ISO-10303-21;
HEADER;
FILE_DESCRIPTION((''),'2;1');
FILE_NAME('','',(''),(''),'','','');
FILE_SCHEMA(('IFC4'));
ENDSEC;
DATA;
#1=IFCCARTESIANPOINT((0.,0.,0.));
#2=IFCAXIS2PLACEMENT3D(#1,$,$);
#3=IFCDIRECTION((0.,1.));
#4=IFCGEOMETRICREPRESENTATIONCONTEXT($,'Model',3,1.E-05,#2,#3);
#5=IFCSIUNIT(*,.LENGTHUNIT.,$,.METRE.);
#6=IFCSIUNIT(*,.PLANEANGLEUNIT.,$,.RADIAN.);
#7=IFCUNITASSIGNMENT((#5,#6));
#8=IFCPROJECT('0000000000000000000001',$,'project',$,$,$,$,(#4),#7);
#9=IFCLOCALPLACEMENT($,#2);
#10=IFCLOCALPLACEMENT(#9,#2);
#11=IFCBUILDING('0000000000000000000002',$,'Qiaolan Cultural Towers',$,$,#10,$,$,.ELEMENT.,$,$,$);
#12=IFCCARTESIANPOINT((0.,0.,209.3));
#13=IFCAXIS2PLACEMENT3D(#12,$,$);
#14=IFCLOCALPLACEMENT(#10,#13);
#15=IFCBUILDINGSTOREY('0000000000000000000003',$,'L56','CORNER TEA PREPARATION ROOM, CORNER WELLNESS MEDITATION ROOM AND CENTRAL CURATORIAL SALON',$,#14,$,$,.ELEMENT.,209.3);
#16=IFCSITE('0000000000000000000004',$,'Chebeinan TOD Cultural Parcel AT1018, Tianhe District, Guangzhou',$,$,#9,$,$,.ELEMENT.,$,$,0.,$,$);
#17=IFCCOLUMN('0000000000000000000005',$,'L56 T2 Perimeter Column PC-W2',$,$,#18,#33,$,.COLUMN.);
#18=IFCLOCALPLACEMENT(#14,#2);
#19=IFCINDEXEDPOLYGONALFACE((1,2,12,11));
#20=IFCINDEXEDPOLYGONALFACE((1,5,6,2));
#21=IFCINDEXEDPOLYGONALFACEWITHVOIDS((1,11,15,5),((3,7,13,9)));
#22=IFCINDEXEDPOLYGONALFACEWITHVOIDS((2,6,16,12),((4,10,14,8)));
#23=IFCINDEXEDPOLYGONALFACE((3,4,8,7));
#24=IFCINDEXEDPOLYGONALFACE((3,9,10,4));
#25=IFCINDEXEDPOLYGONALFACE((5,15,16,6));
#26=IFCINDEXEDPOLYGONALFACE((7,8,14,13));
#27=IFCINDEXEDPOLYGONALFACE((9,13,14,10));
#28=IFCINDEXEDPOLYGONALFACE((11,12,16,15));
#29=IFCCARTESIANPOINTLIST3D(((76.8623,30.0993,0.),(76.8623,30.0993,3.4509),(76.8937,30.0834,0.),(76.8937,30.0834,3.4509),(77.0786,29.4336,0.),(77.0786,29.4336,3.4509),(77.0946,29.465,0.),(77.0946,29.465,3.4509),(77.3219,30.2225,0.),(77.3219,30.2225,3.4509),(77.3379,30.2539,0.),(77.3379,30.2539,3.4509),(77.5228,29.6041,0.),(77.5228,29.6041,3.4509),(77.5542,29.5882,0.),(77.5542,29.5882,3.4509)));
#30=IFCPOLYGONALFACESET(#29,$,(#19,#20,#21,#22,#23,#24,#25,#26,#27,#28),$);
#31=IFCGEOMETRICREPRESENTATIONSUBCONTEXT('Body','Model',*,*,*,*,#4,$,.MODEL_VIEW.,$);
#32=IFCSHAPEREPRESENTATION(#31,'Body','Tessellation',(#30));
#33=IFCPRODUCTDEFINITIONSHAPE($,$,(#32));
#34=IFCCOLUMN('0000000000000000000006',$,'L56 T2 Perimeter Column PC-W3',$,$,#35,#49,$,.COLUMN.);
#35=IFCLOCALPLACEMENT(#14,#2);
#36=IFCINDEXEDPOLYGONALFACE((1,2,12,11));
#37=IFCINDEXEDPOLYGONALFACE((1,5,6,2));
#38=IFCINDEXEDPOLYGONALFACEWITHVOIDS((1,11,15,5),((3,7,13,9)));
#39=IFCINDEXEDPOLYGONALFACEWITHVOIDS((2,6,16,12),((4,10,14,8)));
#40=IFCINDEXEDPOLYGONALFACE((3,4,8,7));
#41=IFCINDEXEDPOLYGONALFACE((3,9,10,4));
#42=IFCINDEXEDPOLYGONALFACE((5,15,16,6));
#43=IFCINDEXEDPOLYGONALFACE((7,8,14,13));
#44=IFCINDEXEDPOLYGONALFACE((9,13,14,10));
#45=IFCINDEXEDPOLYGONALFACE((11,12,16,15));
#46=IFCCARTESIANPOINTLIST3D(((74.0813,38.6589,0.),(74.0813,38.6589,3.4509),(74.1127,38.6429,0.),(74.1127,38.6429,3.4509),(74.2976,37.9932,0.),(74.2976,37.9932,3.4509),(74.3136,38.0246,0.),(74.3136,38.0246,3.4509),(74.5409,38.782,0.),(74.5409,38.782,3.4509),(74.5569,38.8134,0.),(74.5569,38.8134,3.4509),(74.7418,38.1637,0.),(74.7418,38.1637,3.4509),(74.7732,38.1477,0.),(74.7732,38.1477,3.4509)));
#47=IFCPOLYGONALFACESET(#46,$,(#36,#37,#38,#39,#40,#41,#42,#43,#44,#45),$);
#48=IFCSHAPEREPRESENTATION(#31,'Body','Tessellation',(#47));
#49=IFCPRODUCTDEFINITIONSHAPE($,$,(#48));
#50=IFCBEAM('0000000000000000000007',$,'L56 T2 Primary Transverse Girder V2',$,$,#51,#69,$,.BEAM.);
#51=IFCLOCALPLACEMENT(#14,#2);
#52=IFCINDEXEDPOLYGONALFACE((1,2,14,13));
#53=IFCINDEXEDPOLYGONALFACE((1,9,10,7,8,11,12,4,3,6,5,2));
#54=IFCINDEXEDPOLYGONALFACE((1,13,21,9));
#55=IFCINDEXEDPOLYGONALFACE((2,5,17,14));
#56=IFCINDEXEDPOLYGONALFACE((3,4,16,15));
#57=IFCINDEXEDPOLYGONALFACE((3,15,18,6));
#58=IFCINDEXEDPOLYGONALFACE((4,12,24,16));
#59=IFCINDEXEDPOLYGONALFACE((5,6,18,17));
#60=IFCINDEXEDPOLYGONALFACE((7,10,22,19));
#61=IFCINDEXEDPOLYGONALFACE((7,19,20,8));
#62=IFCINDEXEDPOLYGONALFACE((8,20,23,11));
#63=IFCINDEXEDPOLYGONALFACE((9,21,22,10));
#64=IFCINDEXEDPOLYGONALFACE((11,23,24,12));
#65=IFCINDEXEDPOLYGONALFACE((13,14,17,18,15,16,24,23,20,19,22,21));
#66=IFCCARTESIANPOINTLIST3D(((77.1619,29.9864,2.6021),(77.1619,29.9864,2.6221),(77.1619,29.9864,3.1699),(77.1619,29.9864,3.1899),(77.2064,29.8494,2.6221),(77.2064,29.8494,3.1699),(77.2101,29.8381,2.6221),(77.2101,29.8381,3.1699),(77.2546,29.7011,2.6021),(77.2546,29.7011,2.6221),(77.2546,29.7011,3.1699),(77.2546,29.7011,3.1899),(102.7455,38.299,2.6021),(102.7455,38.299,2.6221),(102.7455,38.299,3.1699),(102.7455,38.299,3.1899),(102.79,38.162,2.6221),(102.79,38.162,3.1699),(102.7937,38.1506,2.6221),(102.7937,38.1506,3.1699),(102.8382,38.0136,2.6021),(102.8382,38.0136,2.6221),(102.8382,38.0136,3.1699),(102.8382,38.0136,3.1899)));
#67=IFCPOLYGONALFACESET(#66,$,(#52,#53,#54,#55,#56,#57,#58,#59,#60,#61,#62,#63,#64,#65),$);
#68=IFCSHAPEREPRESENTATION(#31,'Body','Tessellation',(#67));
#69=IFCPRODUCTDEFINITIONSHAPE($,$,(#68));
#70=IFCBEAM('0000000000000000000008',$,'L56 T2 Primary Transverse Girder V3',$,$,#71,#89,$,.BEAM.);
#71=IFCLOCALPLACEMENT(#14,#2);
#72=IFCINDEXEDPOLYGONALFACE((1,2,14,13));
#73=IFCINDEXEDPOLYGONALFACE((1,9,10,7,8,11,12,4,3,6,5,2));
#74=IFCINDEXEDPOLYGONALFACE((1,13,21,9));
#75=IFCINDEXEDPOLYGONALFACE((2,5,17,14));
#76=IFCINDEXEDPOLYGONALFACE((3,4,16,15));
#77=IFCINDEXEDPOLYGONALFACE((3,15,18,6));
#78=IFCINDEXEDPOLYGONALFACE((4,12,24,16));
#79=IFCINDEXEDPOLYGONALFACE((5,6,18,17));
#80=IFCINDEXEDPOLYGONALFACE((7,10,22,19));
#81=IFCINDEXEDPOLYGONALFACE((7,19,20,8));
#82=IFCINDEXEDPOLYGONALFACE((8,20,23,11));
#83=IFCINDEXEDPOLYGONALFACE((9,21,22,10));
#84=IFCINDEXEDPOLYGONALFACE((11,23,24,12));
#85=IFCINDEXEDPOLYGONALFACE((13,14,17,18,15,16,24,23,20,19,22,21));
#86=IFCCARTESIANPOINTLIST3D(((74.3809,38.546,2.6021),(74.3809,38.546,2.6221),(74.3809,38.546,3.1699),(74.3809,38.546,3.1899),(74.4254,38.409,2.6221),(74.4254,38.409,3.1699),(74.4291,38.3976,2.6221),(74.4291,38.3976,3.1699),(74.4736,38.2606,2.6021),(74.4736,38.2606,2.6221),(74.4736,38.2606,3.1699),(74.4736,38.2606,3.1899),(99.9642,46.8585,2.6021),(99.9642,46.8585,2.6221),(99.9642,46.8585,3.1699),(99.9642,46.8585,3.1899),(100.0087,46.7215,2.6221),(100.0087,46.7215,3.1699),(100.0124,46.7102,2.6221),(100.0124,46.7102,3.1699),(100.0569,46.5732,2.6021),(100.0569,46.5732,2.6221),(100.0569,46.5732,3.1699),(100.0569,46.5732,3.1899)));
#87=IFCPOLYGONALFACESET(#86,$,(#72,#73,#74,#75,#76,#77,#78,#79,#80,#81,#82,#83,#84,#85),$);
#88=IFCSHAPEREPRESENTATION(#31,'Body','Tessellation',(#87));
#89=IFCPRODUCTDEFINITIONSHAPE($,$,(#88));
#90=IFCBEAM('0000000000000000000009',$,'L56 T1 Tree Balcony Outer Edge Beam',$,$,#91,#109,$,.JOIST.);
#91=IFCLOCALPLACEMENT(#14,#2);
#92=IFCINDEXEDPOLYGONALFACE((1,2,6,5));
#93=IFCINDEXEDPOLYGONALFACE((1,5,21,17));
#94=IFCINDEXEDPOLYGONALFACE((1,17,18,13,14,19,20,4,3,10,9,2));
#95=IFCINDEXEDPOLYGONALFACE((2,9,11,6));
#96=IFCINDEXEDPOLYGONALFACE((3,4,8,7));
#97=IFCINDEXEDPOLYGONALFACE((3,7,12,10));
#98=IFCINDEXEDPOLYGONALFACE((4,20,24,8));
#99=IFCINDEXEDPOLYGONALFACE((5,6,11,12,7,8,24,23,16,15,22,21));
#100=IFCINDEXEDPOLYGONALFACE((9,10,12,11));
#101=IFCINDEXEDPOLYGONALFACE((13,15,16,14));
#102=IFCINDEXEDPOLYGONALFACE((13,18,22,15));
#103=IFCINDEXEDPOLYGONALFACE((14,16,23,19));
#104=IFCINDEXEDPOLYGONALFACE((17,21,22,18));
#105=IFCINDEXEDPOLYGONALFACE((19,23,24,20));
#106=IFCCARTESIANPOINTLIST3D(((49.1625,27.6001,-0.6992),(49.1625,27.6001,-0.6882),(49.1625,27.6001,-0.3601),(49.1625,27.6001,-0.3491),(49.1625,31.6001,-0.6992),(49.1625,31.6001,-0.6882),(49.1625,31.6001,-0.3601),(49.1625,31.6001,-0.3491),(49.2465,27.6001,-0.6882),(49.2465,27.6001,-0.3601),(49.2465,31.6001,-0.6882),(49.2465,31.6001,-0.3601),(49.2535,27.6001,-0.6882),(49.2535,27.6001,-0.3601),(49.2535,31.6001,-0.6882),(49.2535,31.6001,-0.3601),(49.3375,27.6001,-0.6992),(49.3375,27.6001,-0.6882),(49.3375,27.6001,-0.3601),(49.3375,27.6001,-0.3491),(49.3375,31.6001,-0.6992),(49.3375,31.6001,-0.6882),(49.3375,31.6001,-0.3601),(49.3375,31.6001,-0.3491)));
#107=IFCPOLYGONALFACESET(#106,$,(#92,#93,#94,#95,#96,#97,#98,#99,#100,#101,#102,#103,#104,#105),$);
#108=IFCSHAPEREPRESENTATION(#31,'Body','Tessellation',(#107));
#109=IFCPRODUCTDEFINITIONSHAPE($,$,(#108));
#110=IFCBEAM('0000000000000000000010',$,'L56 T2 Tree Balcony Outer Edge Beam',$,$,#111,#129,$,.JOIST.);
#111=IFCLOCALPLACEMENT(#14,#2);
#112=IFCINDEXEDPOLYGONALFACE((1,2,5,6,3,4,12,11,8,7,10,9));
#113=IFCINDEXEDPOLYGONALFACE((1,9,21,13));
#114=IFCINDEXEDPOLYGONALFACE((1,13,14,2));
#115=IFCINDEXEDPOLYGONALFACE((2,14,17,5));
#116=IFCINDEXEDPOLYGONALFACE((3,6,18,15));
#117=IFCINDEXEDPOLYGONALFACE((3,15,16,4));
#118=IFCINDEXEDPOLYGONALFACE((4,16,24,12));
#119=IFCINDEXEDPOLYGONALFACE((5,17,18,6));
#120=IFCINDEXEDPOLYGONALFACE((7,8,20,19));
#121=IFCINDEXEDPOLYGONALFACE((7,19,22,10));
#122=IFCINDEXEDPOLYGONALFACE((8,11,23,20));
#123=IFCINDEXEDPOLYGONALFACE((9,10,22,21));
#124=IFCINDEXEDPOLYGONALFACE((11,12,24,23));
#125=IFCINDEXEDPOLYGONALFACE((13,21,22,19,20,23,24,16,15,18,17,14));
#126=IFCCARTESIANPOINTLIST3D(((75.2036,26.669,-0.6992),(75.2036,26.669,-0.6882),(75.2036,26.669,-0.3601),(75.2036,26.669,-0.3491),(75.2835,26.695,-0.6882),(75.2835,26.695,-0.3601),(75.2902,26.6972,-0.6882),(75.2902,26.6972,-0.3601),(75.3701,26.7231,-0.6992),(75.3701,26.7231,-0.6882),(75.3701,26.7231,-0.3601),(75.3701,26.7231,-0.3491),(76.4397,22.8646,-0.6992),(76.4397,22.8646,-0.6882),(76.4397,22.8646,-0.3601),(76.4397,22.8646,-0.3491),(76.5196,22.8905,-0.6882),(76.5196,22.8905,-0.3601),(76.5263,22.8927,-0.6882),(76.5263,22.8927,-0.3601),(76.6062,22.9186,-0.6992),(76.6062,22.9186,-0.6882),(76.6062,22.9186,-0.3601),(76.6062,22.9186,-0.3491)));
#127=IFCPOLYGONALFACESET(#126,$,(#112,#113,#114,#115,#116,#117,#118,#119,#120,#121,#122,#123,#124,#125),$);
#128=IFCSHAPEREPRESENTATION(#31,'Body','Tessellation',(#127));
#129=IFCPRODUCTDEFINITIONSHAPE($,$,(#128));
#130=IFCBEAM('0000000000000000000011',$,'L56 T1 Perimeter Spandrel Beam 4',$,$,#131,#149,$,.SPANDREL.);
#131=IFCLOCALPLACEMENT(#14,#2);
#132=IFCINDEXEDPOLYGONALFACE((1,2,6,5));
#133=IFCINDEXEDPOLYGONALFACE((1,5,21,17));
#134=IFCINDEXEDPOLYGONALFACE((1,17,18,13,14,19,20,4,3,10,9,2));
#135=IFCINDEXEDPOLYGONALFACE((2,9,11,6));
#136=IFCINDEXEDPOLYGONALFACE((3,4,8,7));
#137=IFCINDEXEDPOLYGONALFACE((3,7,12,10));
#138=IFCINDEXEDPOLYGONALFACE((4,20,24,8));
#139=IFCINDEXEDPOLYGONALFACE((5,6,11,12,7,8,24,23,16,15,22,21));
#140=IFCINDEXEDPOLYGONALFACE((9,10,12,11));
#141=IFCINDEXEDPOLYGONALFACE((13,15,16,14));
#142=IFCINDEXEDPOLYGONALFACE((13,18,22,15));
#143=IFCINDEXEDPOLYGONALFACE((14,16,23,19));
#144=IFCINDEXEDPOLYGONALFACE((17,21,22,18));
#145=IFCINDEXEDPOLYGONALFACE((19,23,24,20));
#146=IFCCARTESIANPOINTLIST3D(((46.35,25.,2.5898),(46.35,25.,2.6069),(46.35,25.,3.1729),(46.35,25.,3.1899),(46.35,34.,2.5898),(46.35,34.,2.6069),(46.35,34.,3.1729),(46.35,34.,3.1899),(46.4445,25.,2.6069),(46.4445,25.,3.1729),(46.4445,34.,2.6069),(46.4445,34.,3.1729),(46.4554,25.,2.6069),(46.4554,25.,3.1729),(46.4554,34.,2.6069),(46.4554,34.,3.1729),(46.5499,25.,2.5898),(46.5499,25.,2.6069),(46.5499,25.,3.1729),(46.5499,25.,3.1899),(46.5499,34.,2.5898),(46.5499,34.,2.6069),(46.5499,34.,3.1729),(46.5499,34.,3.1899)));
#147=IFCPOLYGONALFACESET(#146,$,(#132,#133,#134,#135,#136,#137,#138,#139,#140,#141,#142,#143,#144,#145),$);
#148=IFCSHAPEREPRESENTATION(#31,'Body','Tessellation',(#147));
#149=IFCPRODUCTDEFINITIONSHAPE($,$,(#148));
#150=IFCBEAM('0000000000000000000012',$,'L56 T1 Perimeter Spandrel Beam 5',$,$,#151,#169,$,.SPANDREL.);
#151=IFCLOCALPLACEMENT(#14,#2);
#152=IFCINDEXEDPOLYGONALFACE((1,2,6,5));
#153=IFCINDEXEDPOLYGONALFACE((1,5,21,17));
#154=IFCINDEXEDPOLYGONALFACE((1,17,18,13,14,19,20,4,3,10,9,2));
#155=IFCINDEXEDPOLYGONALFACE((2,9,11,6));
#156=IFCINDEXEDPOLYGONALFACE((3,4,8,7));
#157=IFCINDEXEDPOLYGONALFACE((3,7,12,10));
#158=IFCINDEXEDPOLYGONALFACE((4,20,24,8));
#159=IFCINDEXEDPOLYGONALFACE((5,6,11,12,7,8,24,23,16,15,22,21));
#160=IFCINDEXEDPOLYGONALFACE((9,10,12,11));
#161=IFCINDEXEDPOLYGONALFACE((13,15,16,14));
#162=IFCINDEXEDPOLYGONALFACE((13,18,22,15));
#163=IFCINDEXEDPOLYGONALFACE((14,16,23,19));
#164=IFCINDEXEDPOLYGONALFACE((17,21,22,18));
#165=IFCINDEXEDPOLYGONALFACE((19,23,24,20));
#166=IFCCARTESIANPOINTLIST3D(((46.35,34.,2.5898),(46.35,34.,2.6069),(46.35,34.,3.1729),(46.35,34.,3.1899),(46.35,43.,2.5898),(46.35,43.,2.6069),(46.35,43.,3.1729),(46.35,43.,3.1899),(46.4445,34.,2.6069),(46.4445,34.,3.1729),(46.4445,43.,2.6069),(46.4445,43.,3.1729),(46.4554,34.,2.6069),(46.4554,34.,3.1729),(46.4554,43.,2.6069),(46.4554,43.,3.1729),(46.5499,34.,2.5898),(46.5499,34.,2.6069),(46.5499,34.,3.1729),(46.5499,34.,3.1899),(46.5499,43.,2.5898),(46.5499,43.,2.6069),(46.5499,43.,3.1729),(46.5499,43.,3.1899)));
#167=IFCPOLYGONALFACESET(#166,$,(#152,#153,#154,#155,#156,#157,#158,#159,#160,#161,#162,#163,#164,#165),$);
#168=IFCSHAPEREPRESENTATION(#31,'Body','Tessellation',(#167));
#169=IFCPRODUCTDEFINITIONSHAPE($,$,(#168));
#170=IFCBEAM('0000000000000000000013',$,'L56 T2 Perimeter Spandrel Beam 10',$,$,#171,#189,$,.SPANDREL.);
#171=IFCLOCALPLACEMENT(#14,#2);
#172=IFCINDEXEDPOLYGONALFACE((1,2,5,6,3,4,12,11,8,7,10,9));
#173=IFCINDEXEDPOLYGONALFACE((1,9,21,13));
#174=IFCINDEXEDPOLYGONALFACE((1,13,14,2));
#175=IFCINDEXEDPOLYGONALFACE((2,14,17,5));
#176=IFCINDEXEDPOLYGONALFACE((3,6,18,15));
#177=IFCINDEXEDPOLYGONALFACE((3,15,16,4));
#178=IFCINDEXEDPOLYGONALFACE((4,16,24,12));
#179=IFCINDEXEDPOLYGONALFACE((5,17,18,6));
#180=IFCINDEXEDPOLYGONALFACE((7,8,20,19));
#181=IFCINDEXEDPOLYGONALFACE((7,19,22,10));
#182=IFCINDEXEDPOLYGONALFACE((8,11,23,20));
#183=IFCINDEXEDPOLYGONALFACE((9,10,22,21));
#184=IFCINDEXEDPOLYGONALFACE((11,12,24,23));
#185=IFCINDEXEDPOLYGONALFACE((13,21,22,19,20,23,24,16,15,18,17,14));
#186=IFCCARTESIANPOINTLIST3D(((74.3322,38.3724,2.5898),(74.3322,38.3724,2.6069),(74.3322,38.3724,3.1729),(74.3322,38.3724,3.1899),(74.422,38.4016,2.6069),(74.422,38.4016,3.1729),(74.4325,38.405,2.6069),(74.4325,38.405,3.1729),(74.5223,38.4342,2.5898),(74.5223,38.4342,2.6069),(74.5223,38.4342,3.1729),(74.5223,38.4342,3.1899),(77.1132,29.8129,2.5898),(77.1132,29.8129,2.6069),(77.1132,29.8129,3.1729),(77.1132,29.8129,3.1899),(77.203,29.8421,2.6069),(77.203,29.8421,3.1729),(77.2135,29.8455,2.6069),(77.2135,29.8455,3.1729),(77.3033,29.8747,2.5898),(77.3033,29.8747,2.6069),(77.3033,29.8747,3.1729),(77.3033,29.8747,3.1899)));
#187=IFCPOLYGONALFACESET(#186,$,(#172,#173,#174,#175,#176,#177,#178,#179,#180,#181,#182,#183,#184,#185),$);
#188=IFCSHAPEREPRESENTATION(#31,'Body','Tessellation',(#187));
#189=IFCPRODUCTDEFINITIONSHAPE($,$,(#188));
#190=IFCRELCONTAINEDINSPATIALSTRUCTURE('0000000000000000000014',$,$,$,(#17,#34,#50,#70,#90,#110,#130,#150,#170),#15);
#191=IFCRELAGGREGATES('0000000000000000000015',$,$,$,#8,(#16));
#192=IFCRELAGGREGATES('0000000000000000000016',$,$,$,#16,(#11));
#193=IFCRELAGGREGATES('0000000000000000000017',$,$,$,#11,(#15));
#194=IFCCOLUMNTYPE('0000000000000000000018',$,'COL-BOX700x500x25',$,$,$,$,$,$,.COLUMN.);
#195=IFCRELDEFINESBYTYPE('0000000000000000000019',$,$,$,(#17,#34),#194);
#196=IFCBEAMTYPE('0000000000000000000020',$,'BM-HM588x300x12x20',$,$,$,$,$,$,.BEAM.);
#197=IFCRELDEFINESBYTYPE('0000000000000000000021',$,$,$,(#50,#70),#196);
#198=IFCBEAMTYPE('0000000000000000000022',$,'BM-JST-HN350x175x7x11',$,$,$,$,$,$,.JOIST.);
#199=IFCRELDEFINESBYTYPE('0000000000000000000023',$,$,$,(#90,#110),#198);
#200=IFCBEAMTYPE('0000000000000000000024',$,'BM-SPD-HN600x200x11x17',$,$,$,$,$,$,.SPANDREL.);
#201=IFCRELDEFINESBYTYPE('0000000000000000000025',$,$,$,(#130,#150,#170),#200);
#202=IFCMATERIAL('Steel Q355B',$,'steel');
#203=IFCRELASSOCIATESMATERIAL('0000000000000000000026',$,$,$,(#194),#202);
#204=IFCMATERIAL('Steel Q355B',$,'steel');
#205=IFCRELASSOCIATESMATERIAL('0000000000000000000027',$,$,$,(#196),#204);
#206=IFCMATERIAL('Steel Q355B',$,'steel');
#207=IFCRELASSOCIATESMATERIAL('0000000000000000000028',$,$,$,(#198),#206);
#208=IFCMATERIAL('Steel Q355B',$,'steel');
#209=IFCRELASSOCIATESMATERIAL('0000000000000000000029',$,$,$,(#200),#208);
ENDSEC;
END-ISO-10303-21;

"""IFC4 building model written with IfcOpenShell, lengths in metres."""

from ifc_helpers import new_model, si_unit, direction, frame, origin, origin_2d, place, context, subcontext, project, spatial, hollow_rectangle, i_section, extrude, material, material_profile, profile_set, type_object, element, save


model = new_model("IFC4")

# Units and contexts
model_context = context("Model", 3, precision=1e-05, world=origin(), true_north=direction((0.0, 1.0)))
body_context = subcontext(model_context, "Body", "Model", "MODEL_VIEW")
ifc_project = project(units=[si_unit("LENGTHUNIT", "METRE"), si_unit("PLANEANGLEUNIT", "RADIAN")], contexts=[model_context])

# Site, building, storey
site_placement = place(None, origin())
site = spatial("IfcSite", under=ifc_project, at=site_placement, Name="Chebeinan TOD Cultural Parcel AT1018, Tianhe District, Guangzhou", CompositionType="ELEMENT", RefElevation=0.0)
building_placement = place(site_placement, origin())
building = spatial("IfcBuilding", under=site, at=building_placement, Name="Qiaolan Cultural Towers", CompositionType="ELEMENT")
storey_placement = place(building_placement, frame((0.0, 0.0, 209.3)))
storey = spatial("IfcBuildingStorey", under=building, at=storey_placement, Name="L56", Description="CORNER TEA PREPARATION ROOM, CORNER WELLNESS MEDITATION ROOM AND CENTRAL CURATORIAL SALON", CompositionType="ELEMENT", Elevation=209.3)

# Columns
ifc_material_1 = material(Name="Steel Q355B", Category="steel")
ifc_material_profile_1 = material_profile(ifc_material_1, hollow_rectangle(XDim=0.5, YDim=0.7, WallThickness=0.0249, at=origin_2d()), Name="BOX700x500x25")
ifc_profile_set_1 = profile_set([ifc_material_profile_1], Name="Steel Q355B")
column_type = type_object("IfcColumnType", Name="COL-BOX700x500x25", PredefinedType="COLUMN", material=ifc_profile_set_1)
for number, where, z_axis, x_axis, name in (
    (1, (77.2083, 29.8438, 0.0), (0.0, 0.0, 1.0), (0.951057, 0.309017, 0.0), "L56 T2 Perimeter Column PC-W2"),
    (2, (74.4272, 38.4033, 0.0), (0.0, 0.0, 1.0), (0.951057, 0.309017, 0.0), "L56 T2 Perimeter Column PC-W3"),
):
    element("IfcColumn", number, at=place(storey_placement, frame(where, z_axis=z_axis, x_axis=x_axis)), inside=storey, type_object=column_type, Name=name, PredefinedType="COLUMN", context=body_context, shape_type="SweptSolid", body=[
        extrude(hollow_rectangle(XDim=0.5, YDim=0.7, WallThickness=0.0249, at=origin_2d()), origin(), (0.0, 0.0, 1.0), 3.4509),
    ])

# Beams
ifc_material_2 = material(Name="Steel Q355B", Category="steel")
ifc_material_profile_2 = material_profile(ifc_material_2, i_section(OverallWidth=0.3, OverallDepth=0.5879, WebThickness=0.012, FlangeThickness=0.02, at=origin_2d()), Name="HM588x300x12x20")
ifc_profile_set_2 = profile_set([ifc_material_profile_2], Name="Steel Q355B")
beam_type_1 = type_object("IfcBeamType", Name="BM-HM588x300x12x20", PredefinedType="BEAM", material=ifc_profile_set_2)
beam_1_placement = place(storey_placement, frame((77.2083, 29.8438, 2.896), z_axis=(0.951057, 0.309014, 0.0), x_axis=(-0.309014, 0.951057, 0.0)))
element("IfcBeam", 3, at=beam_1_placement, inside=storey, type_object=beam_type_1, Name="L56 T2 Primary Transverse Girder V2", PredefinedType="BEAM", context=body_context, shape_type="SweptSolid", body=[
    extrude(i_section(OverallWidth=0.3, OverallDepth=0.5879, WebThickness=0.012, FlangeThickness=0.02, at=origin_2d()), origin(), (0.0, 0.0, 1.0), 26.9001),
])
beam_2_placement = place(storey_placement, frame((74.4272, 38.4033, 2.896), z_axis=(0.951057, 0.309017, 0.0), x_axis=(-0.309017, 0.951057, 0.0)))
element("IfcBeam", 4, at=beam_2_placement, inside=storey, type_object=beam_type_1, Name="L56 T2 Primary Transverse Girder V3", PredefinedType="BEAM", context=body_context, shape_type="SweptSolid", body=[
    extrude(i_section(OverallWidth=0.3, OverallDepth=0.5879, WebThickness=0.012, FlangeThickness=0.02, at=origin_2d()), origin(), (0.0, 0.0, 1.0), 26.8999),
])
ifc_material_3 = material(Name="Steel Q355B", Category="steel")
ifc_material_profile_3 = material_profile(ifc_material_3, i_section(OverallWidth=0.175, OverallDepth=0.3501, WebThickness=0.0071, FlangeThickness=0.011, at=origin_2d()), Name="HN350x175x7x11")
ifc_profile_set_3 = profile_set([ifc_material_profile_3], Name="Steel Q355B")
beam_type_2 = type_object("IfcBeamType", Name="BM-JST-HN350x175x7x11", PredefinedType="JOIST", material=ifc_profile_set_3)
beam_3_placement = place(storey_placement, frame((49.25, 27.6001, -0.5242), z_axis=(0.0, 1.0, 0.0), x_axis=(-1.0, 0.0, 0.0)))
element("IfcBeam", 5, at=beam_3_placement, inside=storey, type_object=beam_type_2, Name="L56 T1 Tree Balcony Outer Edge Beam", PredefinedType="JOIST", context=body_context, shape_type="SweptSolid", body=[
    extrude(i_section(OverallWidth=0.175, OverallDepth=0.3501, WebThickness=0.0071, FlangeThickness=0.011, at=origin_2d()), origin(), (0.0, 0.0, 1.0), 4.0),
])
beam_4_placement = place(storey_placement, frame((76.5229, 22.8916, -0.5242), z_axis=(-0.309005, 0.951061, 0.0), x_axis=(-0.951061, -0.309005, 0.0)))
element("IfcBeam", 6, at=beam_4_placement, inside=storey, type_object=beam_type_2, Name="L56 T2 Tree Balcony Outer Edge Beam", PredefinedType="JOIST", context=body_context, shape_type="SweptSolid", body=[
    extrude(i_section(OverallWidth=0.175, OverallDepth=0.3501, WebThickness=0.0071, FlangeThickness=0.011, at=origin_2d()), origin(), (0.0, 0.0, 1.0), 4.0002),
])
ifc_material_4 = material(Name="Steel Q355B", Category="steel")
ifc_material_profile_4 = material_profile(ifc_material_4, i_section(OverallWidth=0.2, OverallDepth=0.6001, WebThickness=0.011, FlangeThickness=0.0171, at=origin_2d()), Name="HN600x200x11x17")
ifc_profile_set_4 = profile_set([ifc_material_profile_4], Name="Steel Q355B")
beam_type_3 = type_object("IfcBeamType", Name="BM-SPD-HN600x200x11x17", PredefinedType="SPANDREL", material=ifc_profile_set_4)
for number, where, z_axis, x_axis, name in (
    (7, (46.45, 25.0, 2.8899), (0.0, 1.0, 0.0), (-1.0, 0.0, 0.0), "L56 T1 Perimeter Spandrel Beam 4"),
    (8, (46.45, 34.0, 2.8899), (0.0, 1.0, 0.0), (-1.0, 0.0, 0.0), "L56 T1 Perimeter Spandrel Beam 5"),
    (9, (74.4272, 38.4033, 2.8899), (0.309, -0.951062, 0.0), (0.951062, 0.309, 0.0), "L56 T2 Perimeter Spandrel Beam 10"),
):
    element("IfcBeam", number, at=place(storey_placement, frame(where, z_axis=z_axis, x_axis=x_axis)), inside=storey, type_object=beam_type_3, Name=name, PredefinedType="SPANDREL", context=body_context, shape_type="SweptSolid", body=[
        extrude(i_section(OverallWidth=0.2, OverallDepth=0.6001, WebThickness=0.011, FlangeThickness=0.0171, at=origin_2d()), origin(), (0.0, 0.0, 1.0), 9.0),
    ])

save(model, "model.ifc")
